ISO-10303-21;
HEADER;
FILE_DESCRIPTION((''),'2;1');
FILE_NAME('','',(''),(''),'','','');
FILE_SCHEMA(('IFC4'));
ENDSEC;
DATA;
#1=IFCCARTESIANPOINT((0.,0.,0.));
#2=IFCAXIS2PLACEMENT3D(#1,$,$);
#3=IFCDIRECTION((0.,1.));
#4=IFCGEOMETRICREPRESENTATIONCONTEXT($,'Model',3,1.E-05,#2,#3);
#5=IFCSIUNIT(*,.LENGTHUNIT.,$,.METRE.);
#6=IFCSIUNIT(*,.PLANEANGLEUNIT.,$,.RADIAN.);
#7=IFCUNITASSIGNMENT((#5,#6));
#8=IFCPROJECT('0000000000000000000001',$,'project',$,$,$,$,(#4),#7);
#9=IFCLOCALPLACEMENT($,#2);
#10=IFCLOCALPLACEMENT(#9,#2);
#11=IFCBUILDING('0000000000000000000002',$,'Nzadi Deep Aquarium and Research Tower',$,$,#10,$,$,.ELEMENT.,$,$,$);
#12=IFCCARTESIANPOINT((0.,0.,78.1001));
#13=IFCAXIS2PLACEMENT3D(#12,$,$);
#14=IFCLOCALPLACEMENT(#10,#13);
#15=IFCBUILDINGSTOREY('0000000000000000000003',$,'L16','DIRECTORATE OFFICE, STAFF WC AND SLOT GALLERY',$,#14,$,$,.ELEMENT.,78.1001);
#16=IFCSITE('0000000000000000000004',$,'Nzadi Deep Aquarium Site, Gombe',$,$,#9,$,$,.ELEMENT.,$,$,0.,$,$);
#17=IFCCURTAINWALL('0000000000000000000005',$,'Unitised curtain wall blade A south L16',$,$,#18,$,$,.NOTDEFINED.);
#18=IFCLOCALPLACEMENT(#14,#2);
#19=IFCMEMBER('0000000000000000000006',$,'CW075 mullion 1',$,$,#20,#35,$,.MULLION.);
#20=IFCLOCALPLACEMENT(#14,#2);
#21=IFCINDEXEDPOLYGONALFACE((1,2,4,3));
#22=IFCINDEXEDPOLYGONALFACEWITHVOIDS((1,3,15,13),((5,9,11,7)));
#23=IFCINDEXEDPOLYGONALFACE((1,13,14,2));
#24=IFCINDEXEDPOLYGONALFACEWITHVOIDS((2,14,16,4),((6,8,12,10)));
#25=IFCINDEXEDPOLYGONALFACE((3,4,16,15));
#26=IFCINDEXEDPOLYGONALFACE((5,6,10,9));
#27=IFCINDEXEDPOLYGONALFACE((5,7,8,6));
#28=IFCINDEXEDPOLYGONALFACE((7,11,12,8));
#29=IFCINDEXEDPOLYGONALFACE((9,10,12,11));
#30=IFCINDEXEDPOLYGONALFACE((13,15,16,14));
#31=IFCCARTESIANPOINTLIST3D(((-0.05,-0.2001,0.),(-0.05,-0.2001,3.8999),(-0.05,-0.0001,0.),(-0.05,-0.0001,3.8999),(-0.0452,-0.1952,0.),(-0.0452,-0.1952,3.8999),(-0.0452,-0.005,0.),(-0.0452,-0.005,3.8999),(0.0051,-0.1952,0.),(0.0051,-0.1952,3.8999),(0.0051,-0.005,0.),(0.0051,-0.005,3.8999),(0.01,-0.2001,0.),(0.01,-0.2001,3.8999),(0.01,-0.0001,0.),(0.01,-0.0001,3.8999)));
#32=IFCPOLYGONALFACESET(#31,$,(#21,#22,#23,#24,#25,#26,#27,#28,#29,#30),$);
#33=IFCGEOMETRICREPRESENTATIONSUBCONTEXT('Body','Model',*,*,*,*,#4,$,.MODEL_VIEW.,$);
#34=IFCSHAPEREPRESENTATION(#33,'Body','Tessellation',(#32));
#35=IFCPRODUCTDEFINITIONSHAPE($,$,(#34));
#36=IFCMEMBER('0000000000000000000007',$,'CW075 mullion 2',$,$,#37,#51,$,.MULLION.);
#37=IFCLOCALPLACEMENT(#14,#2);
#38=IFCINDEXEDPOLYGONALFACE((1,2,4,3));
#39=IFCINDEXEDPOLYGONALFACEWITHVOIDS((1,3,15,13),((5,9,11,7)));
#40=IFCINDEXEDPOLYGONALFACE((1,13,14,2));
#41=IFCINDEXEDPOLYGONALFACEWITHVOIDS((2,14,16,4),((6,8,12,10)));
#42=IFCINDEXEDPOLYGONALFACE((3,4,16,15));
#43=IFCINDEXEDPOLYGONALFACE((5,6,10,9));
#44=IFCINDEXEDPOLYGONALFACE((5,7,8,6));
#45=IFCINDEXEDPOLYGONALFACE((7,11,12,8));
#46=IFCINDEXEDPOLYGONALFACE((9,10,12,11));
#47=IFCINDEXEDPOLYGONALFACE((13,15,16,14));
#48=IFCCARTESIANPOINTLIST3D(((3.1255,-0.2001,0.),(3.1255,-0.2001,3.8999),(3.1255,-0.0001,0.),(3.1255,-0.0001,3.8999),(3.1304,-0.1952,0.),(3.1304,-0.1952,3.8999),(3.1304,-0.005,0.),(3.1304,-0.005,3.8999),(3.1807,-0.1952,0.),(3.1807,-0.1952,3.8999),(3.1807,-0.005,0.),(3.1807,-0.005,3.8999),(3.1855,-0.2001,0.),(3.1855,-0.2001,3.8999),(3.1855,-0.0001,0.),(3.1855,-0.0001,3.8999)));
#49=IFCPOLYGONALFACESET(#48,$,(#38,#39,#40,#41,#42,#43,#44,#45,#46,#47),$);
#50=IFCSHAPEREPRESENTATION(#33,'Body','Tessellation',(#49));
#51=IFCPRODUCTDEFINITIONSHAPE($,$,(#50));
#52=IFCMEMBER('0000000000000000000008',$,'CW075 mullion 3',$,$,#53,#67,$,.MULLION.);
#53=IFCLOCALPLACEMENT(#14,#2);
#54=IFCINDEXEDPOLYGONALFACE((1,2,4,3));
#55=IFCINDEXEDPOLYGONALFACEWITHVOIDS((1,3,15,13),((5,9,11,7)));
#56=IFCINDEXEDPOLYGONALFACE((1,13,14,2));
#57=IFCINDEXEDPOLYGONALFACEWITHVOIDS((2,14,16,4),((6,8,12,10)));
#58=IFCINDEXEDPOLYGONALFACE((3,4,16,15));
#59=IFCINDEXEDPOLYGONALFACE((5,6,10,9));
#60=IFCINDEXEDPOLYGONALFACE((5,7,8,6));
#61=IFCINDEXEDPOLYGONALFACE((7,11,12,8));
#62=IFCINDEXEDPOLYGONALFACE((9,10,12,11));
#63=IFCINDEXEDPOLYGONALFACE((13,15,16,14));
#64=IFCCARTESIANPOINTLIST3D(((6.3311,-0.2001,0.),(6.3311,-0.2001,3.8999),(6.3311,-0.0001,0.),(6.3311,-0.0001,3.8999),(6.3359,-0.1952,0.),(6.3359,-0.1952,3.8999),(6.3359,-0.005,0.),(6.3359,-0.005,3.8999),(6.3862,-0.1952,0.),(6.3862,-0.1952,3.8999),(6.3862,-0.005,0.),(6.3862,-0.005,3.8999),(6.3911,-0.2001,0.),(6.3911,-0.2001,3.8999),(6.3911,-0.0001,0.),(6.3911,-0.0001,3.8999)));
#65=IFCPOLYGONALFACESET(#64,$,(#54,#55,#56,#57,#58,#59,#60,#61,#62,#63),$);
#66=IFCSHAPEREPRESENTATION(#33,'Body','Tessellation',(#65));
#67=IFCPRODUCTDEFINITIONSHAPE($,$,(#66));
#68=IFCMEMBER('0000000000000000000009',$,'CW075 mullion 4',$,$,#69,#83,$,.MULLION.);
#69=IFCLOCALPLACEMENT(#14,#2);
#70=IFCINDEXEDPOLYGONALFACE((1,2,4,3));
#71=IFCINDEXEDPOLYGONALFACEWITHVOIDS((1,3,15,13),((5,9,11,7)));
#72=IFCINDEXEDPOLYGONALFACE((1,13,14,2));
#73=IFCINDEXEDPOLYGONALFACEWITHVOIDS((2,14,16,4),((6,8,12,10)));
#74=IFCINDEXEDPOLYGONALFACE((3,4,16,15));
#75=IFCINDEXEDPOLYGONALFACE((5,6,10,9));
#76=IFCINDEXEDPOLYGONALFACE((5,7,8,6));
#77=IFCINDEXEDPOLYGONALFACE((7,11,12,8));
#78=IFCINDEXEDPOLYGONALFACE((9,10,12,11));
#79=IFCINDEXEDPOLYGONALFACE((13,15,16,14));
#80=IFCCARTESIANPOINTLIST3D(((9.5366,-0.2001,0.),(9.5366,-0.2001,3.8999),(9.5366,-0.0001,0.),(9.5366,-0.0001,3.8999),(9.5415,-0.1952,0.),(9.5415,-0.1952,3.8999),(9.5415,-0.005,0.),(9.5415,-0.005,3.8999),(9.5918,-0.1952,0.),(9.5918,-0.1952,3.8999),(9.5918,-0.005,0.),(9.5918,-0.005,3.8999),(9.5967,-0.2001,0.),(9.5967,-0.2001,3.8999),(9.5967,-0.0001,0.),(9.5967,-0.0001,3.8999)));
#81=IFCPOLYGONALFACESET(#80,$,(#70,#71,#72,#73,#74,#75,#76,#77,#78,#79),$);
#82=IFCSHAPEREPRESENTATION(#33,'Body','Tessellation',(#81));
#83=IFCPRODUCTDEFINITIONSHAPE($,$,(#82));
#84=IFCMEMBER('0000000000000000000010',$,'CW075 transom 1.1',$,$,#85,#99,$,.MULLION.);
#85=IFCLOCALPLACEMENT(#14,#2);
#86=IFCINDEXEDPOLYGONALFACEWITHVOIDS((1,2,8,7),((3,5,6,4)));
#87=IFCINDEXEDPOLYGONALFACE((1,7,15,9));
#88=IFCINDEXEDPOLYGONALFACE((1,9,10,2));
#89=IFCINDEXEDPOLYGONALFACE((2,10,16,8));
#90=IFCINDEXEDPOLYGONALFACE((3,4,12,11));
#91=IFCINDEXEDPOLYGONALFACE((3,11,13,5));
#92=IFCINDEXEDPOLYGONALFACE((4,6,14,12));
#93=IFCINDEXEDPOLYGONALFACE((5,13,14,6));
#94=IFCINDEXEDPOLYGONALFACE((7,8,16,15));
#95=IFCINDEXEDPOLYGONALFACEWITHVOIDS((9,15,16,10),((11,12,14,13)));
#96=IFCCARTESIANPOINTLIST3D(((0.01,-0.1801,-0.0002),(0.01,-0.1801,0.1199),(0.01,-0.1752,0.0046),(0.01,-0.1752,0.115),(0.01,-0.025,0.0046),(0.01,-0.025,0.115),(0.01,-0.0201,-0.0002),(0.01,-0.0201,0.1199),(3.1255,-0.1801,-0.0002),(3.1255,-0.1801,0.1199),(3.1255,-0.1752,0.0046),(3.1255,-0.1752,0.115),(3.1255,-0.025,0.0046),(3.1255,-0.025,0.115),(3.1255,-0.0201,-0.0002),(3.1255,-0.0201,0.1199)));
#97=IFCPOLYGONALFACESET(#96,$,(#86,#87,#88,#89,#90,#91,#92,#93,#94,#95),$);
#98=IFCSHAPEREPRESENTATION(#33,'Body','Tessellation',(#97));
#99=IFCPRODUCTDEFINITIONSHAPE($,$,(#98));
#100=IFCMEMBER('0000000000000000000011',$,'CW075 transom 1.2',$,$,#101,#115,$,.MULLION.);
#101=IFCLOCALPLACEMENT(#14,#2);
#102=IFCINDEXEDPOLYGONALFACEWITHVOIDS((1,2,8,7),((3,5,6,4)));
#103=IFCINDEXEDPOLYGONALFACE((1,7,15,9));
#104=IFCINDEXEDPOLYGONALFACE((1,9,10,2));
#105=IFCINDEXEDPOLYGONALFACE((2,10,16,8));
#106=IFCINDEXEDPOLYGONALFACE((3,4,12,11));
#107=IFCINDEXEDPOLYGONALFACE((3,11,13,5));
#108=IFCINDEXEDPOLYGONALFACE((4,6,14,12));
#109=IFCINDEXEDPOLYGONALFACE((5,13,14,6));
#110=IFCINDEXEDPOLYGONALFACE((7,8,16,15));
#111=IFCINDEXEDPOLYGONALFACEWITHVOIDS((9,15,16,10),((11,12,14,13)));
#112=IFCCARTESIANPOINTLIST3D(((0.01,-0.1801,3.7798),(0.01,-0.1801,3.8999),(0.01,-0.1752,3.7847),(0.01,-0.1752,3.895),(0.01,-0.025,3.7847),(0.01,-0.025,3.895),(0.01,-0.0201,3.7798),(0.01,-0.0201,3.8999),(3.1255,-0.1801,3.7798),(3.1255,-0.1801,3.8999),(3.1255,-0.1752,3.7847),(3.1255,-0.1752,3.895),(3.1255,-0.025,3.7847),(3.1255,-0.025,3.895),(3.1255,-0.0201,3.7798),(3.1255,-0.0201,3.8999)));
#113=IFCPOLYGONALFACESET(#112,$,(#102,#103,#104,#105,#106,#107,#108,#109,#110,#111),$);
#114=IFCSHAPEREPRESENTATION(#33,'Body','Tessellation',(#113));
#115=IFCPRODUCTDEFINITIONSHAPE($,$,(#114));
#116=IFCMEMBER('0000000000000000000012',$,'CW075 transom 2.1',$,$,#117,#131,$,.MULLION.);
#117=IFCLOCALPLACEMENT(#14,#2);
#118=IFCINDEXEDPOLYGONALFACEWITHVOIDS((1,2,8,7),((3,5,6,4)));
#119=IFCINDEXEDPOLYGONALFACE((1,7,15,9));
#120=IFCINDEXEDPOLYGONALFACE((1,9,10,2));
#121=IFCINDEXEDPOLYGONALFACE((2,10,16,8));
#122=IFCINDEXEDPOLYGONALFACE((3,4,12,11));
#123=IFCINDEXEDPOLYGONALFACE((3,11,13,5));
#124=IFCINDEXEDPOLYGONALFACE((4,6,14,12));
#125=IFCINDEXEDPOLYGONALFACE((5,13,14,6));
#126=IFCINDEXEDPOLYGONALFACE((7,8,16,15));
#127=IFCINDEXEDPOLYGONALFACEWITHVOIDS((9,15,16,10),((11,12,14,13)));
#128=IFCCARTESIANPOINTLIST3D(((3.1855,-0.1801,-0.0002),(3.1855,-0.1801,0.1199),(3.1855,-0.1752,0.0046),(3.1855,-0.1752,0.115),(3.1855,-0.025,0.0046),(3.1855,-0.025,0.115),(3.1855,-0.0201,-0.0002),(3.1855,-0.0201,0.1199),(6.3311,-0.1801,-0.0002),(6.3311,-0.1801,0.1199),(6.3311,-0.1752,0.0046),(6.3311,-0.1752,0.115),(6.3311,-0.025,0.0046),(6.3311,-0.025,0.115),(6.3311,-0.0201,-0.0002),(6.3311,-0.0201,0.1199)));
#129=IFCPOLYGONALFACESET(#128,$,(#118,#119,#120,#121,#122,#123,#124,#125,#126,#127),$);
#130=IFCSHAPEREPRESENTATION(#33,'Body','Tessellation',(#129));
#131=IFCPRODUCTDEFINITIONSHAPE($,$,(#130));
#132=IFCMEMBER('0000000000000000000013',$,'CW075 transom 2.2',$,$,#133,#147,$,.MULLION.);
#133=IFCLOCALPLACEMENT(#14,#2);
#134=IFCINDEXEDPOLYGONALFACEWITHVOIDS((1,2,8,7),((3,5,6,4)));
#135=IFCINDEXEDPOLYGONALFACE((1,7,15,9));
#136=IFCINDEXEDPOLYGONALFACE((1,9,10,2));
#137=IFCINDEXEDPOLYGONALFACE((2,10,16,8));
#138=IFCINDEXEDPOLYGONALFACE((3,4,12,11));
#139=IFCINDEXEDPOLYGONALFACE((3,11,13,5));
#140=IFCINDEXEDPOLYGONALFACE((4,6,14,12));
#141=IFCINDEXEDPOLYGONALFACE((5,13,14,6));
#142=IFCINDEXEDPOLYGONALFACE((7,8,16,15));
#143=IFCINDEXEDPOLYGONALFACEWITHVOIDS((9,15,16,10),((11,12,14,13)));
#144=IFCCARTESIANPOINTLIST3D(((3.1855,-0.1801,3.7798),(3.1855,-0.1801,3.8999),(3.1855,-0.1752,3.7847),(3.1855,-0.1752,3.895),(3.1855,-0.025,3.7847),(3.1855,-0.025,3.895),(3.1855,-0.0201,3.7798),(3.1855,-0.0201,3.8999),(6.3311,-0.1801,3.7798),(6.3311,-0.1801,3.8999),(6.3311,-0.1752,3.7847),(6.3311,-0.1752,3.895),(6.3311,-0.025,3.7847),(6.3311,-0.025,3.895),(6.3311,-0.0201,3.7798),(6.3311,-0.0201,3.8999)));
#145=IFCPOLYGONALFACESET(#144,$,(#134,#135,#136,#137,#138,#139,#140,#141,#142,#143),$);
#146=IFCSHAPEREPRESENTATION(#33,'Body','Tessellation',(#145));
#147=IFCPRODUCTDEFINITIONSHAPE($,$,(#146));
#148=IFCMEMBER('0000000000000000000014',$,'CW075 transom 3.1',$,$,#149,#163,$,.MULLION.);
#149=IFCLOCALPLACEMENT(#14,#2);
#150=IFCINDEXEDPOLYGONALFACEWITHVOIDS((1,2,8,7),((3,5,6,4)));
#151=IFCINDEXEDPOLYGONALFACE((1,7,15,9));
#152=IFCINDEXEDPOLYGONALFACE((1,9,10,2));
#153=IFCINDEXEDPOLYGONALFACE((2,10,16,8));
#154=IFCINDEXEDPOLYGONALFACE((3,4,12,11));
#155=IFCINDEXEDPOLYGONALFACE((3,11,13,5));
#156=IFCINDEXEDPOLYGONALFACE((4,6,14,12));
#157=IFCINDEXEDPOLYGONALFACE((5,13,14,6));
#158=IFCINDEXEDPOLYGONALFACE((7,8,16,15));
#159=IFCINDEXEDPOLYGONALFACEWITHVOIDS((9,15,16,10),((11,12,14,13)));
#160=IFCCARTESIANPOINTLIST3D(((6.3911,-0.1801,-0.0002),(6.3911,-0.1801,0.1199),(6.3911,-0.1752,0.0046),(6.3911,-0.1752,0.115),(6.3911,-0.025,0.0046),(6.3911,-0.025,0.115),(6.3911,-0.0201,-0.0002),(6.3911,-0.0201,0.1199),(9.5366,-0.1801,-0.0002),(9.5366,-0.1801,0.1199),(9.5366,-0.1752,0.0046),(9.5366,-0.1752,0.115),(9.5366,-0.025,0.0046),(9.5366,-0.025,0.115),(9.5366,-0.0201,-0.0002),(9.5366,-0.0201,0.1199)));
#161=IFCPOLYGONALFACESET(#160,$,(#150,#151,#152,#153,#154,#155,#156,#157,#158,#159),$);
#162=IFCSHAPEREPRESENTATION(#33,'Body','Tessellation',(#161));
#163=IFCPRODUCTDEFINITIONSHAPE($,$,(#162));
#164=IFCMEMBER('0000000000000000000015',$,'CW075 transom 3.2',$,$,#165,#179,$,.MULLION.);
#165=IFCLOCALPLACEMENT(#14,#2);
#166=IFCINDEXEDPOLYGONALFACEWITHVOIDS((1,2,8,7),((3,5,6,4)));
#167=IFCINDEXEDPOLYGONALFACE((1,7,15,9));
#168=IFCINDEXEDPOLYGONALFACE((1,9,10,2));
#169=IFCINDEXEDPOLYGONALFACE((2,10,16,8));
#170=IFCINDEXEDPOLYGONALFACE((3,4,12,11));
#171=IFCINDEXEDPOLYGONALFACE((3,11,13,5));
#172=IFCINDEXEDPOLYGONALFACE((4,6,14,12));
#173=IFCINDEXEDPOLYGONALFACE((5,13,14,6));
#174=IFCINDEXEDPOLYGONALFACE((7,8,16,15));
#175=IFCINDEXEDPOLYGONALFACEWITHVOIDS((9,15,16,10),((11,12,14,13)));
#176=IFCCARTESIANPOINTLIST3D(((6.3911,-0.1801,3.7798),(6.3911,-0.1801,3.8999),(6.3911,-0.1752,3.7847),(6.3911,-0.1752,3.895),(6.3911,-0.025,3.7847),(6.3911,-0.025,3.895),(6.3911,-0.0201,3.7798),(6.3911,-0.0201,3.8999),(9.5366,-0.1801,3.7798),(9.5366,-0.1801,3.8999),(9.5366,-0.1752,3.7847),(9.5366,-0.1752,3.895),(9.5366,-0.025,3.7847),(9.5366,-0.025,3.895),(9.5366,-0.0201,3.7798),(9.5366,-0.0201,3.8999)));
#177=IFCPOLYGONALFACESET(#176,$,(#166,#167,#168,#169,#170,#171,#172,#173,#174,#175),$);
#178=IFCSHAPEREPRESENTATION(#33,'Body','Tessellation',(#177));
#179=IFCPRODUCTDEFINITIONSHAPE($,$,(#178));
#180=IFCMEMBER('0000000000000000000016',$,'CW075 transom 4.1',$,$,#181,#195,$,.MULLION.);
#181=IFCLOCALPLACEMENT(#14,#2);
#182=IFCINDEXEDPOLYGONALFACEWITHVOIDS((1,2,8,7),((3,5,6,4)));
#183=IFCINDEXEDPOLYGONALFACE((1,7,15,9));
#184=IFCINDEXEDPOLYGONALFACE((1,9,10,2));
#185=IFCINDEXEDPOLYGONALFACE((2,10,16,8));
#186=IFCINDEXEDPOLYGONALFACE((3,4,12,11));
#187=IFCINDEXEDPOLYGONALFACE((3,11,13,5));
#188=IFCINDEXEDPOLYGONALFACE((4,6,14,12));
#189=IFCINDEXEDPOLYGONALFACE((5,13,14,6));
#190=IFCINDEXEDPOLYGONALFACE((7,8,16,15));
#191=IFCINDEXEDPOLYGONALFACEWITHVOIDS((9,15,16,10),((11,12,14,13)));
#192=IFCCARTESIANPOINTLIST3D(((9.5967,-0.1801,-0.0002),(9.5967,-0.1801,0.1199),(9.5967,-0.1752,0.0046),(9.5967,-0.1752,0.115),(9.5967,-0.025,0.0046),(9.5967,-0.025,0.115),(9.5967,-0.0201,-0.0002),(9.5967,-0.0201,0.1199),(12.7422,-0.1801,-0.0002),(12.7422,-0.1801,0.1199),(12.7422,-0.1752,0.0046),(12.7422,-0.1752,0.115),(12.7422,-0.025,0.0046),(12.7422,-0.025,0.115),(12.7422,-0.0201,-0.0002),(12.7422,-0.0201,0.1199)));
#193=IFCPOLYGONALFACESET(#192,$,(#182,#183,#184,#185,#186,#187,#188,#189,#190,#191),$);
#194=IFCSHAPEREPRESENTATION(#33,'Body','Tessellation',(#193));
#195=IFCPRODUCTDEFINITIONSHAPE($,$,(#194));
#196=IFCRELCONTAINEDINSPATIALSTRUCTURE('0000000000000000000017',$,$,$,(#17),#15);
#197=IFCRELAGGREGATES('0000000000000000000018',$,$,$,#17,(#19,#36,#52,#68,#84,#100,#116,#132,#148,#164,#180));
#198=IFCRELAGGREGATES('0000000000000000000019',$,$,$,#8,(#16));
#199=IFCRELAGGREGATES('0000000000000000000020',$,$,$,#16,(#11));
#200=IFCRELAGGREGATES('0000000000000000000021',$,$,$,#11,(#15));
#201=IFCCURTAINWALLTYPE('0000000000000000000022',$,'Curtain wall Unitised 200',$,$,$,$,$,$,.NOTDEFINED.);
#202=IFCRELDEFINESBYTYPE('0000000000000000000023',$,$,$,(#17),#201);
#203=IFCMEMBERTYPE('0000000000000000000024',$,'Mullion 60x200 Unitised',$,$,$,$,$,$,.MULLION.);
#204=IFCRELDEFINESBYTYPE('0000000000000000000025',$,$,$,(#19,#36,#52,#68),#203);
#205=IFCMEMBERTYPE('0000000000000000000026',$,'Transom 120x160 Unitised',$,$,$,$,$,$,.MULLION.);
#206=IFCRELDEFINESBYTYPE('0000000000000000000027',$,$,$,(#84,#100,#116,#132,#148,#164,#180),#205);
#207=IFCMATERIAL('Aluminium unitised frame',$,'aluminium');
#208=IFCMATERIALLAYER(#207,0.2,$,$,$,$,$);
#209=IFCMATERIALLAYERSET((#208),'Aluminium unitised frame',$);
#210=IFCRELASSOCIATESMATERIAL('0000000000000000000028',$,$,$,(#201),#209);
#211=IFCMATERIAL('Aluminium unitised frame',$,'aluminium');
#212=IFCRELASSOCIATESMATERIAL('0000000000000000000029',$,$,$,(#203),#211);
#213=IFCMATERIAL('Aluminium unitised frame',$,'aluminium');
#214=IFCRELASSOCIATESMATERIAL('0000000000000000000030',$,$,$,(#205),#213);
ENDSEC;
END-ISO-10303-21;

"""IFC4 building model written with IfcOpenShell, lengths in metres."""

from ifc_helpers import new_model, si_unit, direction, frame, origin, origin_2d, place, context, subcontext, project, spatial, hollow_rectangle, extrude, material, layer, layer_set, material_profile, profile_set, type_object, element, aggregate, save


model = new_model("IFC4")

# Units and contexts
model_context = context("Model", 3, precision=1e-05, world=origin(), true_north=direction((0.0, 1.0)))
body_context = subcontext(model_context, "Body", "Model", "MODEL_VIEW")
ifc_project = project(units=[si_unit("LENGTHUNIT", "METRE"), si_unit("PLANEANGLEUNIT", "RADIAN")], contexts=[model_context])

# Site, building, storey
site_placement = place(None, origin())
site = spatial("IfcSite", under=ifc_project, at=site_placement, Name="Nzadi Deep Aquarium Site, Gombe", CompositionType="ELEMENT", RefElevation=0.0)
building_placement = place(site_placement, origin())
building = spatial("IfcBuilding", under=site, at=building_placement, Name="Nzadi Deep Aquarium and Research Tower", CompositionType="ELEMENT")
storey_placement = place(building_placement, frame((0.0, 0.0, 78.1001)))
storey = spatial("IfcBuildingStorey", under=building, at=storey_placement, Name="L16", Description="DIRECTORATE OFFICE, STAFF WC AND SLOT GALLERY", CompositionType="ELEMENT", Elevation=78.1001)

# Curtain wall, members
ifc_material_1 = material(Name="Aluminium unitised frame", Category="aluminium")
ifc_layer_1 = layer(ifc_material_1, 0.2)
ifc_layer_set_1 = layer_set([ifc_layer_1], Name="Aluminium unitised frame")
curtain_wall_type = type_object("IfcCurtainWallType", Name="Curtain wall Unitised 200", PredefinedType="NOTDEFINED", material=ifc_layer_set_1)
curtain_wall_placement = place(storey_placement, origin())
curtain_wall = element("IfcCurtainWall", 1, at=curtain_wall_placement, inside=storey, type_object=curtain_wall_type, Name="Unitised curtain wall blade A south L16", PredefinedType="NOTDEFINED")
ifc_material_2 = material(Name="Aluminium unitised frame", Category="aluminium")
ifc_material_profile_1 = material_profile(ifc_material_2, hollow_rectangle(XDim=0.2, YDim=0.0601, WallThickness=0.0049, at=origin_2d()))
ifc_profile_set_1 = profile_set([ifc_material_profile_1], Name="Aluminium unitised frame")
member_type_1 = type_object("IfcMemberType", Name="Mullion 60x200 Unitised", PredefinedType="MULLION", material=ifc_profile_set_1)
member_1_placement = place(storey_placement, frame((-0.02, -0.1001, 0.0), z_axis=(0.0, 0.0, 1.0), x_axis=(0.0, 1.0, 0.0)))
member_1 = element("IfcMember", 2, at=member_1_placement, type_object=member_type_1, Name="CW075 mullion 1", PredefinedType="MULLION", context=body_context, shape_type="SweptSolid", body=[
    extrude(hollow_rectangle(XDim=0.2, YDim=0.0601, WallThickness=0.0049, at=origin_2d()), origin(), (0.0, 0.0, 1.0), 3.8999),
])
member_2_placement = place(storey_placement, frame((3.1555, -0.1001, 0.0), z_axis=(0.0, 0.0, 1.0), x_axis=(0.0, 1.0, 0.0)))
member_2 = element("IfcMember", 3, at=member_2_placement, type_object=member_type_1, Name="CW075 mullion 2", PredefinedType="MULLION", context=body_context, shape_type="SweptSolid", body=[
    extrude(hollow_rectangle(XDim=0.2, YDim=0.0601, WallThickness=0.0049, at=origin_2d()), origin(), (0.0, 0.0, 1.0), 3.8999),
])
member_3_placement = place(storey_placement, frame((6.3611, -0.1001, 0.0), z_axis=(0.0, 0.0, 1.0), x_axis=(0.0, 1.0, 0.0)))
member_3 = element("IfcMember", 4, at=member_3_placement, type_object=member_type_1, Name="CW075 mullion 3", PredefinedType="MULLION", context=body_context, shape_type="SweptSolid", body=[
    extrude(hollow_rectangle(XDim=0.2, YDim=0.0601, WallThickness=0.0049, at=origin_2d()), origin(), (0.0, 0.0, 1.0), 3.8999),
])
member_4_placement = place(storey_placement, frame((9.5667, -0.1001, 0.0), z_axis=(0.0, 0.0, 1.0), x_axis=(0.0, 1.0, 0.0)))
member_4 = element("IfcMember", 5, at=member_4_placement, type_object=member_type_1, Name="CW075 mullion 4", PredefinedType="MULLION", context=body_context, shape_type="SweptSolid", body=[
    extrude(hollow_rectangle(XDim=0.2, YDim=0.0601, WallThickness=0.0049, at=origin_2d()), origin(), (0.0, 0.0, 1.0), 3.8999),
])
ifc_material_3 = material(Name="Aluminium unitised frame", Category="aluminium")
ifc_material_profile_2 = material_profile(ifc_material_3, hollow_rectangle(XDim=0.1599, YDim=0.1201, WallThickness=0.0049, at=origin_2d()))
ifc_profile_set_2 = profile_set([ifc_material_profile_2], Name="Aluminium unitised frame")
member_type_2 = type_object("IfcMemberType", Name="Transom 120x160 Unitised", PredefinedType="MULLION", material=ifc_profile_set_2)
member_5_placement = place(storey_placement, frame((0.01, -0.1001, 0.0598), z_axis=(1.0, 0.0, 0.0), x_axis=(0.0, 1.0, 0.0)))
member_5 = element("IfcMember", 6, at=member_5_placement, type_object=member_type_2, Name="CW075 transom 1.1", PredefinedType="MULLION", context=body_context, shape_type="SweptSolid", body=[
    extrude(hollow_rectangle(XDim=0.1599, YDim=0.1201, WallThickness=0.0049, at=origin_2d()), origin(), (0.0, 0.0, 1.0), 3.1155),
])
member_6_placement = place(storey_placement, frame((0.01, -0.1001, 3.8398), z_axis=(1.0, 0.0, 0.0), x_axis=(0.0, 1.0, 0.0)))
member_6 = element("IfcMember", 7, at=member_6_placement, type_object=member_type_2, Name="CW075 transom 1.2", PredefinedType="MULLION", context=body_context, shape_type="SweptSolid", body=[
    extrude(hollow_rectangle(XDim=0.1599, YDim=0.1201, WallThickness=0.0049, at=origin_2d()), origin(), (0.0, 0.0, 1.0), 3.1155),
])
member_7_placement = place(storey_placement, frame((3.1855, -0.1001, 0.0598), z_axis=(1.0, 0.0, 0.0), x_axis=(0.0, 1.0, 0.0)))
member_7 = element("IfcMember", 8, at=member_7_placement, type_object=member_type_2, Name="CW075 transom 2.1", PredefinedType="MULLION", context=body_context, shape_type="SweptSolid", body=[
    extrude(hollow_rectangle(XDim=0.1599, YDim=0.1201, WallThickness=0.0049, at=origin_2d()), origin(), (0.0, 0.0, 1.0), 3.1455),
])
member_8_placement = place(storey_placement, frame((3.1855, -0.1001, 3.8398), z_axis=(1.0, 0.0, 0.0), x_axis=(0.0, 1.0, 0.0)))
member_8 = element("IfcMember", 9, at=member_8_placement, type_object=member_type_2, Name="CW075 transom 2.2", PredefinedType="MULLION", context=body_context, shape_type="SweptSolid", body=[
    extrude(hollow_rectangle(XDim=0.1599, YDim=0.1201, WallThickness=0.0049, at=origin_2d()), origin(), (0.0, 0.0, 1.0), 3.1455),
])
member_9_placement = place(storey_placement, frame((6.3911, -0.1001, 0.0598), z_axis=(1.0, 0.0, 0.0), x_axis=(0.0, 1.0, 0.0)))
member_9 = element("IfcMember", 10, at=member_9_placement, type_object=member_type_2, Name="CW075 transom 3.1", PredefinedType="MULLION", context=body_context, shape_type="SweptSolid", body=[
    extrude(hollow_rectangle(XDim=0.1599, YDim=0.1201, WallThickness=0.0049, at=origin_2d()), origin(), (0.0, 0.0, 1.0), 3.1455),
])
member_10_placement = place(storey_placement, frame((6.3911, -0.1001, 3.8398), z_axis=(1.0, 0.0, 0.0), x_axis=(0.0, 1.0, 0.0)))
member_10 = element("IfcMember", 11, at=member_10_placement, type_object=member_type_2, Name="CW075 transom 3.2", PredefinedType="MULLION", context=body_context, shape_type="SweptSolid", body=[
    extrude(hollow_rectangle(XDim=0.1599, YDim=0.1201, WallThickness=0.0049, at=origin_2d()), origin(), (0.0, 0.0, 1.0), 3.1455),
])
member_11_placement = place(storey_placement, frame((9.5967, -0.1001, 0.0598), z_axis=(1.0, 0.0, 0.0), x_axis=(0.0, 1.0, 0.0)))
member_11 = element("IfcMember", 12, at=member_11_placement, type_object=member_type_2, Name="CW075 transom 4.1", PredefinedType="MULLION", context=body_context, shape_type="SweptSolid", body=[
    extrude(hollow_rectangle(XDim=0.1599, YDim=0.1201, WallThickness=0.0049, at=origin_2d()), origin(), (0.0, 0.0, 1.0), 3.1455),
])

aggregate(curtain_wall, [member_1, member_2, member_3, member_4, member_5, member_6, member_7, member_8, member_9, member_10, member_11])

save(model, "model.ifc")
